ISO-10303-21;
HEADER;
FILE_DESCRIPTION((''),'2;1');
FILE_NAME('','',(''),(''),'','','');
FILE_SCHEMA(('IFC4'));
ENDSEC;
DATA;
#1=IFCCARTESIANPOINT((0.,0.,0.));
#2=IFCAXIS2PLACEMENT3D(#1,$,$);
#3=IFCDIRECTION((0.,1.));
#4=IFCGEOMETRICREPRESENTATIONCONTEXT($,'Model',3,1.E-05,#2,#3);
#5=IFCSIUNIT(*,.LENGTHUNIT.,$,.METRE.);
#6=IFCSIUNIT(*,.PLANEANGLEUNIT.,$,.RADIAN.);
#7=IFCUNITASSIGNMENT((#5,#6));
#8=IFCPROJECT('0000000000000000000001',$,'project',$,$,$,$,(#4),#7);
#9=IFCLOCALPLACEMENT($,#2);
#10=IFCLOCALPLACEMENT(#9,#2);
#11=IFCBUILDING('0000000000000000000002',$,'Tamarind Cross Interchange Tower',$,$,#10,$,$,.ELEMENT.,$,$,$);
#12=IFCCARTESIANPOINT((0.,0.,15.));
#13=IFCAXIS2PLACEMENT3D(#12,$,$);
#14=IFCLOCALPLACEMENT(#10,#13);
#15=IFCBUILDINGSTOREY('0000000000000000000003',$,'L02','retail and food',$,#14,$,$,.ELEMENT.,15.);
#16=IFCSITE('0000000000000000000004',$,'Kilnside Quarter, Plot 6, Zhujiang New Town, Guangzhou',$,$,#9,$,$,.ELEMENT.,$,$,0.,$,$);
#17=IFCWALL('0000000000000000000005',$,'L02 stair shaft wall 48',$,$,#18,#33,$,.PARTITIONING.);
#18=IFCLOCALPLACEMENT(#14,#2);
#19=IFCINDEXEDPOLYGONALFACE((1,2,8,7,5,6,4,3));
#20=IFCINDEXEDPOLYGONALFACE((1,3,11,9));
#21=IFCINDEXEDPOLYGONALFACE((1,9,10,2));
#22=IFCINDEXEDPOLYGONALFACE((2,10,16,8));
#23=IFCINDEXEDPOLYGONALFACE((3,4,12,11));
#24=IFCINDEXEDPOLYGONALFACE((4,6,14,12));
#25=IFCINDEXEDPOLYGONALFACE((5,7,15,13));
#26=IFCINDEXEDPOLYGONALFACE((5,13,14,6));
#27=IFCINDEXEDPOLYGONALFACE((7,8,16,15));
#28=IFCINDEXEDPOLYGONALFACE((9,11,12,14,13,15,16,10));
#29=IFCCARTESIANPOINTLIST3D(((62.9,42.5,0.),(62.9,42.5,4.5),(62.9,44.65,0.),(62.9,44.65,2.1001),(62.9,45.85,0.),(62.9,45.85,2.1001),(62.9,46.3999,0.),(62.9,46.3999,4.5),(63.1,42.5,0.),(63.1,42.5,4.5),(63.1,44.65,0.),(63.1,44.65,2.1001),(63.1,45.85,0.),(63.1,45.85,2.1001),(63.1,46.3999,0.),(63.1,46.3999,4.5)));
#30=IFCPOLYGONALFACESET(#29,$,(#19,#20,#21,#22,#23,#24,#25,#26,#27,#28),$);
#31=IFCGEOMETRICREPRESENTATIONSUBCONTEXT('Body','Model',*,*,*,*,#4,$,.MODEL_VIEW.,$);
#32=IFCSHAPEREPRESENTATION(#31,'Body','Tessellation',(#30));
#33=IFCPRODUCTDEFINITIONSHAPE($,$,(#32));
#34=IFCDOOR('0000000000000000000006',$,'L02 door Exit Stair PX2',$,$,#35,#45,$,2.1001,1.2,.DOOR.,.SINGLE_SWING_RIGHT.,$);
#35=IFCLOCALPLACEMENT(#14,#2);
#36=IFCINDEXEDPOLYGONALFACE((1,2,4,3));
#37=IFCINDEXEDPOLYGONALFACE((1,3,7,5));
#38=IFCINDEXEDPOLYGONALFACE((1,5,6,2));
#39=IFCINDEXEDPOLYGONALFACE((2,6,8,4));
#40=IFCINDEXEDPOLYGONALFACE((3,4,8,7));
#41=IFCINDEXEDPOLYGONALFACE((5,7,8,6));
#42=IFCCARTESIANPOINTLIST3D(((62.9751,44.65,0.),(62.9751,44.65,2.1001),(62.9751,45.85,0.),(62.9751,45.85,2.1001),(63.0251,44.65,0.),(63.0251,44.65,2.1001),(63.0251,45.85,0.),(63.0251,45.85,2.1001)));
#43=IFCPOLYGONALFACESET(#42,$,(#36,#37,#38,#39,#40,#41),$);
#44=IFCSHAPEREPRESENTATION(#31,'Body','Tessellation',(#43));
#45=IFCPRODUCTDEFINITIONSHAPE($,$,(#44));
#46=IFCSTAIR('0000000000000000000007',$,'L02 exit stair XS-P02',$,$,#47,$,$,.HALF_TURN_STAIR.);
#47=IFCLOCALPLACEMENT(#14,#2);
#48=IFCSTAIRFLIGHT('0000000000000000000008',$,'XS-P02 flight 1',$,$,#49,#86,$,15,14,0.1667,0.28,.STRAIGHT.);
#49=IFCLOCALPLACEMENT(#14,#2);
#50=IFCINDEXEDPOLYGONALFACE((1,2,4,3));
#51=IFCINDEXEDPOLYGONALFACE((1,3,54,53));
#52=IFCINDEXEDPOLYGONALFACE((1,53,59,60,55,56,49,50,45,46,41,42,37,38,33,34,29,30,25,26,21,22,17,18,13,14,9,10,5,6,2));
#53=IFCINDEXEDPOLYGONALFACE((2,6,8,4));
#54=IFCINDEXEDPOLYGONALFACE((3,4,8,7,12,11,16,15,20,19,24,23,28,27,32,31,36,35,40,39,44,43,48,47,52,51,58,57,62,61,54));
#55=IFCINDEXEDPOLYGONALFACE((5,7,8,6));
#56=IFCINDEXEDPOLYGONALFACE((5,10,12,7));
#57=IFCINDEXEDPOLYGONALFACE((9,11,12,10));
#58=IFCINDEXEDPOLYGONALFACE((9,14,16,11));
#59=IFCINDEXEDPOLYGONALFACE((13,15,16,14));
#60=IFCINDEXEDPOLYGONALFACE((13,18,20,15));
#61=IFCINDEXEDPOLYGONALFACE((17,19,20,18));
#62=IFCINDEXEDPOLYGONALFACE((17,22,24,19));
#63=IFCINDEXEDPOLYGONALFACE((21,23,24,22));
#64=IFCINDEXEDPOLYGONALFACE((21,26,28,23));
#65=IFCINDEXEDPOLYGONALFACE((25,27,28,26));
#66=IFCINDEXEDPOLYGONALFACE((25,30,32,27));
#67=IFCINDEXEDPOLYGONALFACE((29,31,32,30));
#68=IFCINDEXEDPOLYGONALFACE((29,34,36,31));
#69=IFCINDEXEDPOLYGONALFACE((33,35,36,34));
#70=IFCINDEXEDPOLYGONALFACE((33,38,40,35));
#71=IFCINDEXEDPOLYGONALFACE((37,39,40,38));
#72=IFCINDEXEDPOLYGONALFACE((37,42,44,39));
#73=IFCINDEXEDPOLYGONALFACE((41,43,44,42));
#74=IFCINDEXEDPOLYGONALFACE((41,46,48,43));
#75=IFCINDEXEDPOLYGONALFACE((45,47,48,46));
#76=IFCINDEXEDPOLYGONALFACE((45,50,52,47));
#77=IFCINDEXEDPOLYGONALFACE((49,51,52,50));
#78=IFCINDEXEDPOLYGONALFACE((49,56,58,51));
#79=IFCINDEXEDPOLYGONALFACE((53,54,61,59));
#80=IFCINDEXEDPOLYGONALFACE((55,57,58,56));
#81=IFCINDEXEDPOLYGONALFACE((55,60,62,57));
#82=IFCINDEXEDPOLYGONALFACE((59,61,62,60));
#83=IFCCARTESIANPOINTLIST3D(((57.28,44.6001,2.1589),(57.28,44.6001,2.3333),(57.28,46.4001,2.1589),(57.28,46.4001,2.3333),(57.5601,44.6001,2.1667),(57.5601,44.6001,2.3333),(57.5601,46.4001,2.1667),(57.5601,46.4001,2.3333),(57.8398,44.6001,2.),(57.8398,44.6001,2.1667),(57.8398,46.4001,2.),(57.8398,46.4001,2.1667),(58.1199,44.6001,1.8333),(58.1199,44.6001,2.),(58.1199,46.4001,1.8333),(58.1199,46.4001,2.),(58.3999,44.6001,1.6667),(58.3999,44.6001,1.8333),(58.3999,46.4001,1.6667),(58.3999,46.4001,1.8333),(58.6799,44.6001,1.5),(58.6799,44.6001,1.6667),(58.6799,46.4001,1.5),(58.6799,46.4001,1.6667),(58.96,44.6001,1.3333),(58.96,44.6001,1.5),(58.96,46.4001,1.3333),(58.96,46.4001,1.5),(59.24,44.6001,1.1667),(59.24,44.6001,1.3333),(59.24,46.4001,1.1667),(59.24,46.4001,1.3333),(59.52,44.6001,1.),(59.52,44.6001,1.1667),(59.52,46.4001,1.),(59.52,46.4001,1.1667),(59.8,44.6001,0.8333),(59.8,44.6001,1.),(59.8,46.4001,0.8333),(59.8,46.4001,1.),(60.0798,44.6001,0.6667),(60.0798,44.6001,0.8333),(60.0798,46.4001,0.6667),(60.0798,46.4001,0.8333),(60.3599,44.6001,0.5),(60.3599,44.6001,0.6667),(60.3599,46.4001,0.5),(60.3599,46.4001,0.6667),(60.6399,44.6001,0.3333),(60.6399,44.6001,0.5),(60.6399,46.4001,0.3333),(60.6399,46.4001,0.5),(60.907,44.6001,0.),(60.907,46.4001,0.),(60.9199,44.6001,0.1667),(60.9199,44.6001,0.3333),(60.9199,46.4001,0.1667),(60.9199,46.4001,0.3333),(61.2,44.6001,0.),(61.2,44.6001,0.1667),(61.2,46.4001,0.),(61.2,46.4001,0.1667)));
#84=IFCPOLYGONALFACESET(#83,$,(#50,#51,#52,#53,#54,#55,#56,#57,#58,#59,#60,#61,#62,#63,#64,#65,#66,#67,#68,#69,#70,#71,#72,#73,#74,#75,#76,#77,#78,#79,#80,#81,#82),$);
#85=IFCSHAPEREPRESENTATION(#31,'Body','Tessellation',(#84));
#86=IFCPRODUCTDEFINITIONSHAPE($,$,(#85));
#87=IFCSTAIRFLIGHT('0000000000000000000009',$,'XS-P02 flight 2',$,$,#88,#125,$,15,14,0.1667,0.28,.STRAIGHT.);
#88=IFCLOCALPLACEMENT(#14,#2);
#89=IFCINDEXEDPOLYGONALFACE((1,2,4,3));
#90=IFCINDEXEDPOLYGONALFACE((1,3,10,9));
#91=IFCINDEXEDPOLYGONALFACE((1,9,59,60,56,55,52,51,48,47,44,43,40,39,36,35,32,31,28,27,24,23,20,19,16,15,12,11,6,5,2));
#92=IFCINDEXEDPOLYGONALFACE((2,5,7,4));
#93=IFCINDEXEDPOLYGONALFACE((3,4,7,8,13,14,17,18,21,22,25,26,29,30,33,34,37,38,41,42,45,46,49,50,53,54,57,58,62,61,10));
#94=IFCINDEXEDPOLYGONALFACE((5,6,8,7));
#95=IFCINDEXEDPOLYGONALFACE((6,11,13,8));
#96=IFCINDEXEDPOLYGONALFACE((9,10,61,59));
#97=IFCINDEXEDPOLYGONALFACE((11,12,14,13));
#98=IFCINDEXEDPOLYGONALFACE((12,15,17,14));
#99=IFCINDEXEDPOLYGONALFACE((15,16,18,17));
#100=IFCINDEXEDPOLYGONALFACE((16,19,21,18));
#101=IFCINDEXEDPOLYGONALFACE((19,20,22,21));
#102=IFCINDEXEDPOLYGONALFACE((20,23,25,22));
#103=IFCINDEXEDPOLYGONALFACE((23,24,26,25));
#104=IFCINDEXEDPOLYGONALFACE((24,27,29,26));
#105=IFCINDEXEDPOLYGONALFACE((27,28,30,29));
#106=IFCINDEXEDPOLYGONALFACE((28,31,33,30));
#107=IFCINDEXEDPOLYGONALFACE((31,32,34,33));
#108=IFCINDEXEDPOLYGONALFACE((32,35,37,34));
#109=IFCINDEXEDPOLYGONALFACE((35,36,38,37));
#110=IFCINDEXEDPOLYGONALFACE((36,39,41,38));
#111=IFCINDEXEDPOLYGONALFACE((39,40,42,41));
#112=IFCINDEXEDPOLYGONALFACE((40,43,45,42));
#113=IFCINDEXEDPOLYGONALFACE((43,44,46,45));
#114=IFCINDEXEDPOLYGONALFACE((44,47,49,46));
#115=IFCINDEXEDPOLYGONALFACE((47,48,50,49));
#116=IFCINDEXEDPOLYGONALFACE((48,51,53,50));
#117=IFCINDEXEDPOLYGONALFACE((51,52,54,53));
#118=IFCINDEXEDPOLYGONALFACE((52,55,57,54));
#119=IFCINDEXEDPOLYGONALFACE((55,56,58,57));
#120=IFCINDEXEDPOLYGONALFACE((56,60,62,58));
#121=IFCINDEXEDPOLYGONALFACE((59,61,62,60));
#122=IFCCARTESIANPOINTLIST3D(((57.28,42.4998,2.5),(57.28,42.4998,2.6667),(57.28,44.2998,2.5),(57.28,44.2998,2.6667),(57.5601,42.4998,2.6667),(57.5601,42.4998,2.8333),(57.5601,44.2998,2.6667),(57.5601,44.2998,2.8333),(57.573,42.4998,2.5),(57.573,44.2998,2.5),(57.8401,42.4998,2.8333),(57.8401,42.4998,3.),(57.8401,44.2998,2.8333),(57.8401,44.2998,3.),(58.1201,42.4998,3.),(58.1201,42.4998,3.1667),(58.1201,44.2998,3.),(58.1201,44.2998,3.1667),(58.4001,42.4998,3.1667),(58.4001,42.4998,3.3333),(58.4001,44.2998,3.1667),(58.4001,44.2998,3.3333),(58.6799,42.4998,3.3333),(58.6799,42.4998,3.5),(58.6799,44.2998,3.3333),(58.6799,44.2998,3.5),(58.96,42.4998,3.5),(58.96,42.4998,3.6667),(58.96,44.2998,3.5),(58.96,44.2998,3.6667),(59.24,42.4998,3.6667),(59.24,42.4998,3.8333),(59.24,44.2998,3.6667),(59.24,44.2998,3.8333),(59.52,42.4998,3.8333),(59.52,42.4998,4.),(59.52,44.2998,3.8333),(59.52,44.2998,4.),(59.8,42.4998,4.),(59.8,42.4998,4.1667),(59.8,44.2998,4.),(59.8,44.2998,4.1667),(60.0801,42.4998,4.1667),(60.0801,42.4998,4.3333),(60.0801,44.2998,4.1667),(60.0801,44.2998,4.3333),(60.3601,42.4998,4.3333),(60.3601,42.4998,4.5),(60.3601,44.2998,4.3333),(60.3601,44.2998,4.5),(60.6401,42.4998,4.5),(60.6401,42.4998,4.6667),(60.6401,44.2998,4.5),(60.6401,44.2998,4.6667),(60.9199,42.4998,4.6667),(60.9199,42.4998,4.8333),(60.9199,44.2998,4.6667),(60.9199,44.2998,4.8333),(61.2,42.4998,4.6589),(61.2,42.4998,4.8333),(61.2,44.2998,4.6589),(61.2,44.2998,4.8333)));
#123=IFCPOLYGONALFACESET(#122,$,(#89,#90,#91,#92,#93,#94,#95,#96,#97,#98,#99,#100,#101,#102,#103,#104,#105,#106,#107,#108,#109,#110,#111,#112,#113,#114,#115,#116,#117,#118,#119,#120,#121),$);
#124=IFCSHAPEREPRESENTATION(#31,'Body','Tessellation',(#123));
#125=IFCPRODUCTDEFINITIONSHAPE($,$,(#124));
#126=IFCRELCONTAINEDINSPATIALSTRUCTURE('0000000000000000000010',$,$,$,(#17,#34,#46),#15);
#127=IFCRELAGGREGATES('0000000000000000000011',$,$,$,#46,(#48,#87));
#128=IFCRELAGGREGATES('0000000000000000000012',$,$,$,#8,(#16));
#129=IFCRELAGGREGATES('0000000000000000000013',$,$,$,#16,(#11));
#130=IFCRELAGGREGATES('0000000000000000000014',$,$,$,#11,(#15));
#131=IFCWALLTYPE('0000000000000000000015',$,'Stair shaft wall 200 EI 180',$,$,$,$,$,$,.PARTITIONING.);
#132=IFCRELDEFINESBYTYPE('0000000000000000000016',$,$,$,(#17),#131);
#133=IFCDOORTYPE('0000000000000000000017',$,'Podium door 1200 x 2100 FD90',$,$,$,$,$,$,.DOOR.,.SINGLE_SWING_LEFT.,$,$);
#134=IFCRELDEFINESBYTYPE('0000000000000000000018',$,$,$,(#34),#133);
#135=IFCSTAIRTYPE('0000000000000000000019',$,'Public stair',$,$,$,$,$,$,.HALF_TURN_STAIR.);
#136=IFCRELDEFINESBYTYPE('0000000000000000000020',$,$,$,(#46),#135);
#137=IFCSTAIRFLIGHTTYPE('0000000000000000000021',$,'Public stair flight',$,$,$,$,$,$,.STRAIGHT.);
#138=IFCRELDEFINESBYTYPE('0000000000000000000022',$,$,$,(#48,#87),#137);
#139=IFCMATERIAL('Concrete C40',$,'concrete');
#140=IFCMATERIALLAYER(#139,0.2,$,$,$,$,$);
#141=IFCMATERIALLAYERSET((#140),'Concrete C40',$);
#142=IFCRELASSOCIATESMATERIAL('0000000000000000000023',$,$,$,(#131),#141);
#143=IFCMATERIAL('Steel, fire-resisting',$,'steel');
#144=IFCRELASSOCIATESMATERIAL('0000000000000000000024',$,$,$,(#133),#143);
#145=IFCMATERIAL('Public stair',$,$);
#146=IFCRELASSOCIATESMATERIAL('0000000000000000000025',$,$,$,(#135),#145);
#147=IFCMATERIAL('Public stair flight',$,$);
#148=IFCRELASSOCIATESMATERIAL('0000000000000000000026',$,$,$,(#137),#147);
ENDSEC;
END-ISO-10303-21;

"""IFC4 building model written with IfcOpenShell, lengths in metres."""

from ifc_helpers import new_model, si_unit, direction, frame, frame_2d, origin, place, context, subcontext, project, spatial, polyline, rectangle, outline, extrude, material, layer, layer_set, type_object, element, fill, aggregate, save


model = new_model("IFC4")

# Units and contexts
model_context = context("Model", 3, precision=1e-05, world=origin(), true_north=direction((0.0, 1.0)))
body_context = subcontext(model_context, "Body", "Model", "MODEL_VIEW")
ifc_project = project(units=[si_unit("LENGTHUNIT", "METRE"), si_unit("PLANEANGLEUNIT", "RADIAN")], contexts=[model_context])

# Site, building, storey
site_placement = place(None, origin())
site = spatial("IfcSite", under=ifc_project, at=site_placement, Name="Kilnside Quarter, Plot 6, Zhujiang New Town, Guangzhou", CompositionType="ELEMENT", RefElevation=0.0)
building_placement = place(site_placement, origin())
building = spatial("IfcBuilding", under=site, at=building_placement, Name="Tamarind Cross Interchange Tower", CompositionType="ELEMENT")
storey_placement = place(building_placement, frame((0.0, 0.0, 15.0)))
storey = spatial("IfcBuildingStorey", under=building, at=storey_placement, Name="L02", Description="retail and food", CompositionType="ELEMENT", Elevation=15.0)

# Wall, opening, door
ifc_material_1 = material(Name="Concrete C40", Category="concrete")
ifc_layer_1 = layer(ifc_material_1, 0.2)
ifc_layer_set_1 = layer_set([ifc_layer_1], Name="Concrete C40")
wall_type_1 = type_object("IfcWallType", Name="Stair shaft wall 200 EI 180", PredefinedType="PARTITIONING", material=ifc_layer_set_1)
wall_1_placement = place(storey_placement, frame((63.0, 42.5, 0.0), z_axis=(0.0, 0.0, 1.0), x_axis=(0.0, 1.0, 0.0)))
wall_1 = element("IfcWall", 1, at=wall_1_placement, inside=storey, type_object=wall_type_1, Name="L02 stair shaft wall 48", PredefinedType="PARTITIONING", context=body_context, shape_type="SweptSolid", body=[
    extrude(rectangle(XDim=3.8999, YDim=0.2, at=frame_2d((1.95, 0.0))), origin(), (0.0, 0.0, 1.0), 4.5),
])
opening_placement = place(wall_1_placement, frame((2.1499, 0.0, 0.0)))
opening = element("IfcOpeningElement", 2, at=opening_placement, cuts=wall_1, PredefinedType="OPENING", context=body_context, shape_type="SweptSolid", body=[
    extrude(rectangle(XDim=1.2, YDim=2.1001, at=frame_2d((0.6001, 1.05))), frame((0.0, 0.1099, 0.0), z_axis=(0.0, -1.0, 0.0), x_axis=(1.0, 0.0, 0.0)), (0.0, 0.0, 1.0), 0.22),
])
ifc_material_2 = material(Name="Steel, fire-resisting", Category="steel")
door_type = type_object("IfcDoorType", Name="Podium door 1200 x 2100 FD90", OperationType="SINGLE_SWING_LEFT", PredefinedType="DOOR", material=ifc_material_2)
door_placement = place(opening_placement, origin())
door = element("IfcDoor", 3, at=door_placement, inside=storey, type_object=door_type, Name="L02 door Exit Stair PX2", OperationType="SINGLE_SWING_RIGHT", OverallHeight=2.1001, OverallWidth=1.2, PredefinedType="DOOR", context=body_context, shape_type="SweptSolid", body=[
    extrude(rectangle(XDim=1.2, YDim=2.1001, at=frame_2d((0.6001, 1.05))), frame((0.0, 0.0249, 0.0), z_axis=(0.0, -1.0, 0.0), x_axis=(1.0, 0.0, 0.0)), (0.0, 0.0, 1.0), 0.05),
])
fill(opening, door)

# Stair, stair flights
ifc_material_3 = material(Name="Public stair")
stair_type = type_object("IfcStairType", Name="Public stair", PredefinedType="HALF_TURN_STAIR", material=ifc_material_3)
stair_placement = place(storey_placement, origin())
stair = element("IfcStair", 4, at=stair_placement, inside=storey, type_object=stair_type, Name="L02 exit stair XS-P02", PredefinedType="HALF_TURN_STAIR")
ifc_material_4 = material(Name="Public stair flight")
stair_flight_type = type_object("IfcStairFlightType", Name="Public stair flight", PredefinedType="STRAIGHT", material=ifc_material_4)
stair_flight_1_placement = place(storey_placement, frame((61.2, 45.5, 0.0), z_axis=(0.0, 0.0, 1.0), x_axis=(-1.0, 0.0, 0.0)))
stair_flight_1 = element("IfcStairFlight", 5, at=stair_flight_1_placement, type_object=stair_flight_type, Name="XS-P02 flight 1", NumberOfRisers=15, NumberOfTreads=14, PredefinedType="STRAIGHT", RiserHeight=0.1667, TreadLength=0.28, context=body_context, shape_type="SweptSolid", body=[
    extrude(outline(polyline([(0.0, 0.0), (0.0, 0.1667), (0.28, 0.1667), (0.28, 0.3333), (0.5601, 0.3333), (0.5601, 0.5), (0.8401, 0.5), (0.8401, 0.6667), (1.1201, 0.6667), (1.1201, 0.8333), (1.3999, 0.8333), (1.3999, 1.0), (1.6799, 1.0), (1.6799, 1.1667), (1.96, 1.1667), (1.96, 1.3333), (2.24, 1.3333), (2.24, 1.5), (2.52, 1.5), (2.52, 1.6667), (2.8, 1.6667), (2.8, 1.8333), (3.0801, 1.8333), (3.0801, 2.0), (3.3601, 2.0), (3.3601, 2.1667), (3.6399, 2.1667), (3.6399, 2.3333), (3.9199, 2.3333), (3.9199, 2.5), (3.9199, 2.1589), (0.293, 0.0), (0.0, 0.0)])), frame((0.0, 0.8999, 0.0), z_axis=(0.0, -1.0, 0.0), x_axis=(1.0, 0.0, 0.0)), (0.0, 0.0, 1.0), 1.8),
])
stair_flight_2_placement = place(storey_placement, frame((57.28, 43.3999, 2.5), z_axis=(0.0, 0.0, 1.0), x_axis=(1.0, 0.0, 0.0)))
stair_flight_2 = element("IfcStairFlight", 6, at=stair_flight_2_placement, type_object=stair_flight_type, Name="XS-P02 flight 2", NumberOfRisers=15, NumberOfTreads=14, PredefinedType="STRAIGHT", RiserHeight=0.1667, TreadLength=0.28, context=body_context, shape_type="SweptSolid", body=[
    extrude(outline(polyline([(0.0, 0.0), (0.0, 0.1667), (0.28, 0.1667), (0.28, 0.3333), (0.5601, 0.3333), (0.5601, 0.5), (0.8401, 0.5), (0.8401, 0.6667), (1.1201, 0.6667), (1.1201, 0.8333), (1.3999, 0.8333), (1.3999, 1.0), (1.6799, 1.0), (1.6799, 1.1667), (1.96, 1.1667), (1.96, 1.3333), (2.24, 1.3333), (2.24, 1.5), (2.52, 1.5), (2.52, 1.6667), (2.8, 1.6667), (2.8, 1.8333), (3.0801, 1.8333), (3.0801, 2.0), (3.3601, 2.0), (3.3601, 2.1667), (3.6399, 2.1667), (3.6399, 2.3333), (3.9199, 2.3333), (3.9199, 2.5), (3.9199, 2.1589), (0.293, 0.0), (0.0, 0.0)])), frame((0.0, 0.8999, 0.0), z_axis=(0.0, -1.0, 0.0), x_axis=(1.0, 0.0, 0.0)), (0.0, 0.0, 1.0), 1.8),
])
aggregate(stair, [stair_flight_1, stair_flight_2])

save(model, "model.ifc")
